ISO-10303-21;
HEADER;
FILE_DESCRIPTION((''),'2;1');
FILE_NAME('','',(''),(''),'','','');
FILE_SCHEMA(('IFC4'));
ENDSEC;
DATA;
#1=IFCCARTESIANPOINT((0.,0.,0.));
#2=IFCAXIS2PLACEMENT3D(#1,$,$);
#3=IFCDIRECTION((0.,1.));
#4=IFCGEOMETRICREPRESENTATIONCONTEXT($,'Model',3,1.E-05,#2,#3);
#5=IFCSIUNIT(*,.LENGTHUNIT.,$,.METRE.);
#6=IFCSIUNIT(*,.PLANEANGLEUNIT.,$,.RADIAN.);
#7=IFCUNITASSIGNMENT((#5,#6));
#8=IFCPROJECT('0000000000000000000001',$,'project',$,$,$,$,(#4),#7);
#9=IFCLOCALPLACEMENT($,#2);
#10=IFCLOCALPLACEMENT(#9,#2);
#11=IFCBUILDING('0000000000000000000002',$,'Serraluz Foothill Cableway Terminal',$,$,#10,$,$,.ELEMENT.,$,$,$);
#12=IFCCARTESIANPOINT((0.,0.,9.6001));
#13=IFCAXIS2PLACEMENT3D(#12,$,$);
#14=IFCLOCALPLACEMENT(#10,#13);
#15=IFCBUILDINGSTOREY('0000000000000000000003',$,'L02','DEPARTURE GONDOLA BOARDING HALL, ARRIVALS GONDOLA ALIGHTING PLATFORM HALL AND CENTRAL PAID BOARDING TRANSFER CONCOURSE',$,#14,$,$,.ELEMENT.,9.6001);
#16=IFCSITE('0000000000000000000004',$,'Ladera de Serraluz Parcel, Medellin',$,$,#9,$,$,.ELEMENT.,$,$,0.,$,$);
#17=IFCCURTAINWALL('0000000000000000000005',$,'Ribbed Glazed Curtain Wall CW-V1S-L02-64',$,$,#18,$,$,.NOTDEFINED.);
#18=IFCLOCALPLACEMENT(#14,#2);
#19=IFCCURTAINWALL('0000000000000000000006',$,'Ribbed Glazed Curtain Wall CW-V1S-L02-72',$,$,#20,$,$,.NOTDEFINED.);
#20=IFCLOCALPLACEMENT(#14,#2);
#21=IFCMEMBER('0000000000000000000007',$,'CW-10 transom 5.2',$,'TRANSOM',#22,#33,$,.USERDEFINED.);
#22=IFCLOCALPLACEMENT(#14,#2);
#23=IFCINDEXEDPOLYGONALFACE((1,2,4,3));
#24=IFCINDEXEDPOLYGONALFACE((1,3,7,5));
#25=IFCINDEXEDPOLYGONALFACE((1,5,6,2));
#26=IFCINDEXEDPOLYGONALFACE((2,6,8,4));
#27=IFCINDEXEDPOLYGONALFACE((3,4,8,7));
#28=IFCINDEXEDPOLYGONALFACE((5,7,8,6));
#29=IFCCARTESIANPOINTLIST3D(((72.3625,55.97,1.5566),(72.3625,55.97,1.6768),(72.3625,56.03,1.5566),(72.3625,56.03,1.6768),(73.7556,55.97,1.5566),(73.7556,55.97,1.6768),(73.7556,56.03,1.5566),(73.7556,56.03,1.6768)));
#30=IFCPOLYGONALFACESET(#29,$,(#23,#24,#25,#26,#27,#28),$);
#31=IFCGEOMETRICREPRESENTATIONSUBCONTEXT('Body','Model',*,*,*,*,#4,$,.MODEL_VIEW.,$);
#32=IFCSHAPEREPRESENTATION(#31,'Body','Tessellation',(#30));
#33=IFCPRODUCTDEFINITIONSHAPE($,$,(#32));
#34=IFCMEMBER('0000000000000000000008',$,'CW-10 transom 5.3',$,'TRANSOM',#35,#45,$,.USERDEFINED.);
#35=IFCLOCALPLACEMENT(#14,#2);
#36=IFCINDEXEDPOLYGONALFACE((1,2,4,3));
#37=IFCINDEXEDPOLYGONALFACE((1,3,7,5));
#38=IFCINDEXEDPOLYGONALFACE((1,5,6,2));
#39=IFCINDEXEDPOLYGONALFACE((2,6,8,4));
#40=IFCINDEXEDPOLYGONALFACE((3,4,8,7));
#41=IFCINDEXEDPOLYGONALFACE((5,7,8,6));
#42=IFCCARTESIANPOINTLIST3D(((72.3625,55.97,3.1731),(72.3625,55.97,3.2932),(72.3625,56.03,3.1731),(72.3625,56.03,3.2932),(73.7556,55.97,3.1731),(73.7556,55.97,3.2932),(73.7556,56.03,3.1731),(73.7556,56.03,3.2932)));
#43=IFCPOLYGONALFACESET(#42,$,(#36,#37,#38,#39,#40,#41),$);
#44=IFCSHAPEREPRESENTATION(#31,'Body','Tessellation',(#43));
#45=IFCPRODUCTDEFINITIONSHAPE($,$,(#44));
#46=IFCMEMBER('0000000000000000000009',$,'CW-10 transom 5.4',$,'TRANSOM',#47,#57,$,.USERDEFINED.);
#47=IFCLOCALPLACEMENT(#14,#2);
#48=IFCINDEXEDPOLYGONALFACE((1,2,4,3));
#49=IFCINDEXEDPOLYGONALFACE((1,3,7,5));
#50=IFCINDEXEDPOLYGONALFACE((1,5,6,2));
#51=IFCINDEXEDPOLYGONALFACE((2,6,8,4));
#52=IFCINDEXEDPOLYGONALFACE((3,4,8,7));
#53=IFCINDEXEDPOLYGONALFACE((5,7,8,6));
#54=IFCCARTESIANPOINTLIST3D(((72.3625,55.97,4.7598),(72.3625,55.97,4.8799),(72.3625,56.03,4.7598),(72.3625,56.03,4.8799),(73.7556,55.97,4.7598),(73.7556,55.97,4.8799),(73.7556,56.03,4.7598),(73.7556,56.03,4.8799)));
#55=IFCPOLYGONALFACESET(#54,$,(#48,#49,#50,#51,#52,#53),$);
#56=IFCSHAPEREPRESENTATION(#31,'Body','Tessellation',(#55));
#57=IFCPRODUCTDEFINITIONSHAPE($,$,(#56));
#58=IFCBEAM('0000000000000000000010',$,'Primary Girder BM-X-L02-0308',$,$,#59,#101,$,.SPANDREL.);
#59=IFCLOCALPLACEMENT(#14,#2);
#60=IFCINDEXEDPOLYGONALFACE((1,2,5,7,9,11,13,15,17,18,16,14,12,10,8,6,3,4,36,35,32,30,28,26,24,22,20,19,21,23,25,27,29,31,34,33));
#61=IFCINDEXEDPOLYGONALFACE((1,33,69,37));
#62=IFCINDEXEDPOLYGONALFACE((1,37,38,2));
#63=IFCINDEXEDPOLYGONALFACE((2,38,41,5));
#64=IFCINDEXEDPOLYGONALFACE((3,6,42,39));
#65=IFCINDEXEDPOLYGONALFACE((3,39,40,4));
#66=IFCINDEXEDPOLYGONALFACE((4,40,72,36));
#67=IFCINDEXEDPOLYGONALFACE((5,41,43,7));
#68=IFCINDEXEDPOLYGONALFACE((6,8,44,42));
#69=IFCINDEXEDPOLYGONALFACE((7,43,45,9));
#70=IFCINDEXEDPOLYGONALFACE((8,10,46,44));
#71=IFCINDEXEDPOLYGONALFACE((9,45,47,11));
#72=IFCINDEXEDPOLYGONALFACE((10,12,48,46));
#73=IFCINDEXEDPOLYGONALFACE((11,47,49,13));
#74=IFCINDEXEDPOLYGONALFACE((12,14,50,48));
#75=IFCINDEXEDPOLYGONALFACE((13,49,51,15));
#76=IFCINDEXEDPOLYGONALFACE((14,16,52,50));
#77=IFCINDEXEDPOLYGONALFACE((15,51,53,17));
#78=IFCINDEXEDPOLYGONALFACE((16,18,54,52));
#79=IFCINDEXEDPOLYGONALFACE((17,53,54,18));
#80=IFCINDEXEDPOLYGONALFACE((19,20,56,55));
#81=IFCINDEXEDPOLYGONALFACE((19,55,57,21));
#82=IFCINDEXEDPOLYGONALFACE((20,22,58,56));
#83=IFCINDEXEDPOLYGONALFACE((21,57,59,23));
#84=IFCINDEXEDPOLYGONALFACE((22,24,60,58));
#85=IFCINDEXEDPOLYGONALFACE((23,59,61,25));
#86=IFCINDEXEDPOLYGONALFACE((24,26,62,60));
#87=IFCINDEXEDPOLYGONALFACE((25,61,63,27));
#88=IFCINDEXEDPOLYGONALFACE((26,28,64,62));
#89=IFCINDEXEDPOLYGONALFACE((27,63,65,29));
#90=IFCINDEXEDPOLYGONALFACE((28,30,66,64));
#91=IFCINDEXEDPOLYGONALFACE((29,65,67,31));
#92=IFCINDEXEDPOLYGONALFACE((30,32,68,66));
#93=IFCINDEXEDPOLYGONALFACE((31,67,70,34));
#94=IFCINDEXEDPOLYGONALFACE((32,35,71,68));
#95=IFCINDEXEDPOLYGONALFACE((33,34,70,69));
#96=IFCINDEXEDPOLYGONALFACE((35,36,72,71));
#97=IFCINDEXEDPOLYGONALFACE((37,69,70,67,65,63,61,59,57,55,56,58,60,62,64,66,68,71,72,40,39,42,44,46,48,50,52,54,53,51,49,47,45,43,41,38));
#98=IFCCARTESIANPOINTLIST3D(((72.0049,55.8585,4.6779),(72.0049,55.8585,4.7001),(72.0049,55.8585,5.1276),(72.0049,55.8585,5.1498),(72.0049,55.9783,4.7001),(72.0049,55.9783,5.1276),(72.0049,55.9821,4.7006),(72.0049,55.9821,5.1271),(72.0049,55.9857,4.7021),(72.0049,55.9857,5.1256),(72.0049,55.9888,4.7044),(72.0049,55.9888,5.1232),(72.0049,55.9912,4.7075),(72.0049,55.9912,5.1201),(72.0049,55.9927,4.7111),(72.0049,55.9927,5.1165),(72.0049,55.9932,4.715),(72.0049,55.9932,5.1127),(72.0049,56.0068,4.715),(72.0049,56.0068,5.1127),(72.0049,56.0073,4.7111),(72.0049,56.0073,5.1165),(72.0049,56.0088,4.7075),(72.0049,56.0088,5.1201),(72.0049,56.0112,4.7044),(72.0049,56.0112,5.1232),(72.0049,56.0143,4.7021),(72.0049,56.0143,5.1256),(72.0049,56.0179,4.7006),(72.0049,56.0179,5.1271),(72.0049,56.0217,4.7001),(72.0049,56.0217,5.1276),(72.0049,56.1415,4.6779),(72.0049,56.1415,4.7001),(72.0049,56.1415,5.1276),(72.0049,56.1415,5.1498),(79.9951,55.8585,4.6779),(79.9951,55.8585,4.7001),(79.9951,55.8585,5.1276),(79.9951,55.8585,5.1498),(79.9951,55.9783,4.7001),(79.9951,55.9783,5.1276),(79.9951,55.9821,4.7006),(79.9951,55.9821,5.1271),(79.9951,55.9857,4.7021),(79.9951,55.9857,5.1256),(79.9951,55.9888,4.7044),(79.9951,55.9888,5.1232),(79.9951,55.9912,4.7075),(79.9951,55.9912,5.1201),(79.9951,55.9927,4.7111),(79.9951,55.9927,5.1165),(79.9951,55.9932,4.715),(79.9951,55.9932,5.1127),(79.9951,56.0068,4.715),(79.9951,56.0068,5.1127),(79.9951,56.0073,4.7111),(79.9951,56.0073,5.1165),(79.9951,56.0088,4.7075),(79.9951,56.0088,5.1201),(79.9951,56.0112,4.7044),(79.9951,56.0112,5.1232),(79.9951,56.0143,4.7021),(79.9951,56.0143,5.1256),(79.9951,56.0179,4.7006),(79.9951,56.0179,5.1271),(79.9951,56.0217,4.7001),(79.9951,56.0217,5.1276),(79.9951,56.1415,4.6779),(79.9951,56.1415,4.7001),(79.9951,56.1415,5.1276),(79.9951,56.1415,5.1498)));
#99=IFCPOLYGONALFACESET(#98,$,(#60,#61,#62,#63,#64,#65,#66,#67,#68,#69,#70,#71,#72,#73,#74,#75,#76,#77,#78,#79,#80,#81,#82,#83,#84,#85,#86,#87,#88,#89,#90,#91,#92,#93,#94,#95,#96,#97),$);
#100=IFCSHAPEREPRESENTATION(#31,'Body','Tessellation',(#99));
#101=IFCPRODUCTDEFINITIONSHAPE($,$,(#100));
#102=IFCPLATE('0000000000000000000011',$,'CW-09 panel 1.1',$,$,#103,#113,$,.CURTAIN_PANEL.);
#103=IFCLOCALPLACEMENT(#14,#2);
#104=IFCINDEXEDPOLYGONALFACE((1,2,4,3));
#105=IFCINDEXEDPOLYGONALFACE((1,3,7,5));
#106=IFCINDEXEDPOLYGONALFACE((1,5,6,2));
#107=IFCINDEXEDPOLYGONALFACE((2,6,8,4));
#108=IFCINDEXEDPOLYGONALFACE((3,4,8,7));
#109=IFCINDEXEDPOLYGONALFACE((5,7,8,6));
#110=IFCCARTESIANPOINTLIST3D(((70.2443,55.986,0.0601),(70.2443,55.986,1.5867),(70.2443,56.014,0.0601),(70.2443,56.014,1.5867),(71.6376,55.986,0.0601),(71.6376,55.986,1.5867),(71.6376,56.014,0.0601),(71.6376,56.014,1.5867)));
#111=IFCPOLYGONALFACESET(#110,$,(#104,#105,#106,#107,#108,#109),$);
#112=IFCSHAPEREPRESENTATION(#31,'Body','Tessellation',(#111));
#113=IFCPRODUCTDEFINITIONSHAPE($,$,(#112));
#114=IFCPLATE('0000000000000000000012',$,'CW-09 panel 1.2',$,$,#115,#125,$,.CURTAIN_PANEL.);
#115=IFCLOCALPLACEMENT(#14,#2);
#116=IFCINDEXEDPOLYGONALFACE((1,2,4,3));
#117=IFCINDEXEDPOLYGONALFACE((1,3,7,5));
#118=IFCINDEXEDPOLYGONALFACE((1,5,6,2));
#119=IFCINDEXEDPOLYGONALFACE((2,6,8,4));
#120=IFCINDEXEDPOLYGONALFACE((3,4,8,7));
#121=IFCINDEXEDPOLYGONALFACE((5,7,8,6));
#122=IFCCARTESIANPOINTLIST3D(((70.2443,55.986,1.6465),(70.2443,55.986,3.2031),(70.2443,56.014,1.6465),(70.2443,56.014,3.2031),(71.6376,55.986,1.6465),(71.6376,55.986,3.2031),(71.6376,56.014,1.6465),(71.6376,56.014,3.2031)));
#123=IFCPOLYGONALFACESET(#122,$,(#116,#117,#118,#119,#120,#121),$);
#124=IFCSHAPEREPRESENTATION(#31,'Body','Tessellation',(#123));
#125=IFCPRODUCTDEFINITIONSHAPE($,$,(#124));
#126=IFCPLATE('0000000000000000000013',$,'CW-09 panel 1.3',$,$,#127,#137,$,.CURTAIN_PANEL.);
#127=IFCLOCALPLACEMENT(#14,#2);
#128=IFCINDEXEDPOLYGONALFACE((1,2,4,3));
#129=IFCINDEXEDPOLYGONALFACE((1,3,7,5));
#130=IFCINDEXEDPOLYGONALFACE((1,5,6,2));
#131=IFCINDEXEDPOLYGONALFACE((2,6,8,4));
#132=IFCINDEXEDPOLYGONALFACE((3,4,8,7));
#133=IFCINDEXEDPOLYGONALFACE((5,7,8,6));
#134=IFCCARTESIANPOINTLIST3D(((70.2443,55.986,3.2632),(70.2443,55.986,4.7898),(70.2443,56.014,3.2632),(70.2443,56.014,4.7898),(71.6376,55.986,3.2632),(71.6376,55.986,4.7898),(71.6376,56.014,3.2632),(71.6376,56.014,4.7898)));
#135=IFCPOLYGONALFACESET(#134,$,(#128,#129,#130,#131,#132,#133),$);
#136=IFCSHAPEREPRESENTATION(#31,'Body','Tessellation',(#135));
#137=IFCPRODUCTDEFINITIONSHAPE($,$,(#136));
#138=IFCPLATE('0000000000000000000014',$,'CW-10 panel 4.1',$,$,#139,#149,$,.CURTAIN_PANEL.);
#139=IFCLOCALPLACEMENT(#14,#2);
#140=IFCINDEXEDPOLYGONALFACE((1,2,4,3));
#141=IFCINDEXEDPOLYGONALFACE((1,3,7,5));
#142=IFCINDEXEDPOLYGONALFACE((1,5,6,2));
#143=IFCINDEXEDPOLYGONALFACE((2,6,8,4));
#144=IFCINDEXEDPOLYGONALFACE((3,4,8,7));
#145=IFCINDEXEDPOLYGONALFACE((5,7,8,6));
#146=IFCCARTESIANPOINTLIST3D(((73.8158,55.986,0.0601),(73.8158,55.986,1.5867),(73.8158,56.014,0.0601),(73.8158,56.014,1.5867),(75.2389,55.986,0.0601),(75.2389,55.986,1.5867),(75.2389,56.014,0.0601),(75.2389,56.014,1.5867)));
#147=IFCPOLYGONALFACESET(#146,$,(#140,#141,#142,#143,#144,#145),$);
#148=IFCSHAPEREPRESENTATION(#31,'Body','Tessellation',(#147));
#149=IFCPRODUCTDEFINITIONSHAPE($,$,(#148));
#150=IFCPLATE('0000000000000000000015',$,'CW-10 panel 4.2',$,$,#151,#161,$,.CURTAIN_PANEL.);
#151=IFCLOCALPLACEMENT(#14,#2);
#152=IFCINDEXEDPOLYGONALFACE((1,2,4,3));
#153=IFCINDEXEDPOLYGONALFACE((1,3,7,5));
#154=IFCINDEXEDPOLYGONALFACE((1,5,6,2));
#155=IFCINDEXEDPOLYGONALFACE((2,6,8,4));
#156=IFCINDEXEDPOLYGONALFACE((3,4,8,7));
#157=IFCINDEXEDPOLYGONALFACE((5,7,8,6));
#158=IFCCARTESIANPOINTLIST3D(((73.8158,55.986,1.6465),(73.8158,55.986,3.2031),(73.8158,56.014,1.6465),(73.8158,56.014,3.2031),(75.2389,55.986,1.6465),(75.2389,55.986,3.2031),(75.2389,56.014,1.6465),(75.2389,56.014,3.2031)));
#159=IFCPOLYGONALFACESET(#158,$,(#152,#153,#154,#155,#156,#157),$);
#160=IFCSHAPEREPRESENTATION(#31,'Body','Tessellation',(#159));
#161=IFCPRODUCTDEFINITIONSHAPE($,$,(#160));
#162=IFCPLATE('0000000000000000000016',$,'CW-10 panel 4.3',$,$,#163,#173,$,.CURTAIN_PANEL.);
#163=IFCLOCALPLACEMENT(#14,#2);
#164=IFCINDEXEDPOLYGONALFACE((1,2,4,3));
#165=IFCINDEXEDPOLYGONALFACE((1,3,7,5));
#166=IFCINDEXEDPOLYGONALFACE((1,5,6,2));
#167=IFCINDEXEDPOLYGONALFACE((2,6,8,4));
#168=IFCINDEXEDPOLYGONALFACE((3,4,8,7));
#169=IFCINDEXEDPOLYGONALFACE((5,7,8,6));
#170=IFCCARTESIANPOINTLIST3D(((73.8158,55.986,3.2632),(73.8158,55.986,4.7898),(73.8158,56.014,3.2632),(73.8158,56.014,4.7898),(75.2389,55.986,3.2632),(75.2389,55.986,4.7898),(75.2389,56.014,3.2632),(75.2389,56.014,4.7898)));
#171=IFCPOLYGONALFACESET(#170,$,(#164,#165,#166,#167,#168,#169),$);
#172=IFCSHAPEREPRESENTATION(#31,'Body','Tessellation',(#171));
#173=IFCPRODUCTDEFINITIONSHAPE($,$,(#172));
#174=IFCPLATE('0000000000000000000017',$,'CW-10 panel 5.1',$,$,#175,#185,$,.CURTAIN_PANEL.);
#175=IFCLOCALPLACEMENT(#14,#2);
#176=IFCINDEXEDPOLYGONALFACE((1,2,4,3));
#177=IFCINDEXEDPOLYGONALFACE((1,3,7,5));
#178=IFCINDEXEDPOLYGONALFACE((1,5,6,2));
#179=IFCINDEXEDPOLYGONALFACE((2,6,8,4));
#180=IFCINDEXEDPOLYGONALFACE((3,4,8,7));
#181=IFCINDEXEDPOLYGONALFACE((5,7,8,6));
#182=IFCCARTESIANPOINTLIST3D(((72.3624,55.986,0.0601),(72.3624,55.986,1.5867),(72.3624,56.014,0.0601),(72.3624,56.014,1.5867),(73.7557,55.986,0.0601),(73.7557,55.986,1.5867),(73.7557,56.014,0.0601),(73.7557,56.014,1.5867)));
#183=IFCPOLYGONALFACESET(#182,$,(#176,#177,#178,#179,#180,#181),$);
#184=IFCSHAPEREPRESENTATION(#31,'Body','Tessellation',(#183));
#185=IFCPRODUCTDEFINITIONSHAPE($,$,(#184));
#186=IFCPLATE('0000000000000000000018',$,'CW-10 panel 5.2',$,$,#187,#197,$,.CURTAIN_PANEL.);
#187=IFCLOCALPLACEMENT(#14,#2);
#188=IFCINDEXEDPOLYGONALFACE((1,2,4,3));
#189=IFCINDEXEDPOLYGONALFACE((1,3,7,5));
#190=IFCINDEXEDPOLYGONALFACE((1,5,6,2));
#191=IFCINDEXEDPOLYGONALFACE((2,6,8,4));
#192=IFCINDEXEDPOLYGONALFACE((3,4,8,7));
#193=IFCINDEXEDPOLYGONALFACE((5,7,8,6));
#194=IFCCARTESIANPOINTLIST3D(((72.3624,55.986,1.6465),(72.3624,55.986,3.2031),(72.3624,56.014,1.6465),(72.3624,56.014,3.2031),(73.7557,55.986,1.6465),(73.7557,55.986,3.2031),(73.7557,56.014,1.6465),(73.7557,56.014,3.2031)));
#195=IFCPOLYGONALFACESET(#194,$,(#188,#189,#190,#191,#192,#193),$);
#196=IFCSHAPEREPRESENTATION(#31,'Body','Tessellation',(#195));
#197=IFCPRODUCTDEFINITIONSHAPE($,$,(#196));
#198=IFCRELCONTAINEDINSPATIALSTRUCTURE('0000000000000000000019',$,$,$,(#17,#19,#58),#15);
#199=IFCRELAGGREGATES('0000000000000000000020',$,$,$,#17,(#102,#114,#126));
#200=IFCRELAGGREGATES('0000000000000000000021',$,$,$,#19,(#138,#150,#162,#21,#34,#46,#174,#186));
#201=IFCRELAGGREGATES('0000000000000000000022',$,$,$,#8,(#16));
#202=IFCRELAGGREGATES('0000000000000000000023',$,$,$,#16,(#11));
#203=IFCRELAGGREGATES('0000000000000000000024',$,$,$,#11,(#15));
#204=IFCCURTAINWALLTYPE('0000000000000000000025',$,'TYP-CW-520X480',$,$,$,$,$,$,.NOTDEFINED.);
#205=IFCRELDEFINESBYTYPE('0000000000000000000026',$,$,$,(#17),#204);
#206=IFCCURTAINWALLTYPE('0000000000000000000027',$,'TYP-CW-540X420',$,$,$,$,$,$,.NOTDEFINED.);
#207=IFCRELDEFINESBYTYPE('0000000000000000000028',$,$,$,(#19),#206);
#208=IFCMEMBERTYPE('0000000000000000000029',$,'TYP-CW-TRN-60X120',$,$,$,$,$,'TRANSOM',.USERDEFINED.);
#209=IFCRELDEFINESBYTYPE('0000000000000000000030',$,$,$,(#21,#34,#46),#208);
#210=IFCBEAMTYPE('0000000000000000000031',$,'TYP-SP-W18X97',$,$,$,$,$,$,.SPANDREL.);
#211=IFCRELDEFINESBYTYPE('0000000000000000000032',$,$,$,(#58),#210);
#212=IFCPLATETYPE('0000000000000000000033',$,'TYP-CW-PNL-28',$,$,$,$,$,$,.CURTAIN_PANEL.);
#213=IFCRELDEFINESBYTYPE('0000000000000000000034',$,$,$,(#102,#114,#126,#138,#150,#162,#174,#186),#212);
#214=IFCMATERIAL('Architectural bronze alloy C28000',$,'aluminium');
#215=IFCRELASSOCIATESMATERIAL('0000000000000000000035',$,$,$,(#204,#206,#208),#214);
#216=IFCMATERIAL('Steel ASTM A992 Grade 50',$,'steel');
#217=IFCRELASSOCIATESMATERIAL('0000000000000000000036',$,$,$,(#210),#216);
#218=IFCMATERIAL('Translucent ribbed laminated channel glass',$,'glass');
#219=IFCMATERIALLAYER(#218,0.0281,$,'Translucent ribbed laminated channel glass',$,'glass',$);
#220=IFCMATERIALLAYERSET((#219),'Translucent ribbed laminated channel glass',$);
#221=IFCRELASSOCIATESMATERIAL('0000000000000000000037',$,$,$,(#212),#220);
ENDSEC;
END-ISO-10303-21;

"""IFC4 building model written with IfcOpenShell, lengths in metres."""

from ifc_helpers import new_model, si_unit, direction, frame, origin, origin_2d, place, context, subcontext, project, spatial, rectangle, i_section, extrude, material, layer, layer_set, material_profile, profile_set, type_object, element, aggregate, save


model = new_model("IFC4")

# Units and contexts
model_context = context("Model", 3, precision=1e-05, world=origin(), true_north=direction((0.0, 1.0)))
body_context = subcontext(model_context, "Body", "Model", "MODEL_VIEW")
ifc_project = project(units=[si_unit("LENGTHUNIT", "METRE"), si_unit("PLANEANGLEUNIT", "RADIAN")], contexts=[model_context])

# Site, building, storey
site_placement = place(None, origin())
site = spatial("IfcSite", under=ifc_project, at=site_placement, Name="Ladera de Serraluz Parcel, Medellin", CompositionType="ELEMENT", RefElevation=0.0)
building_placement = place(site_placement, origin())
building = spatial("IfcBuilding", under=site, at=building_placement, Name="Serraluz Foothill Cableway Terminal", CompositionType="ELEMENT")
storey_placement = place(building_placement, frame((0.0, 0.0, 9.6001)))
storey = spatial("IfcBuildingStorey", under=building, at=storey_placement, Name="L02", Description="DEPARTURE GONDOLA BOARDING HALL, ARRIVALS GONDOLA ALIGHTING PLATFORM HALL AND CENTRAL PAID BOARDING TRANSFER CONCOURSE", CompositionType="ELEMENT", Elevation=9.6001)

# Shared definitions
ifc_material_1 = material(Name="Steel ASTM A992 Grade 50", Category="steel")

# Curtain walls
ifc_material_2 = material(Name="Architectural bronze alloy C28000", Category="aluminium")
curtain_wall_type_1 = type_object("IfcCurtainWallType", Name="TYP-CW-520X480", PredefinedType="NOTDEFINED", material=ifc_material_2)
curtain_wall_1_placement = place(storey_placement, origin())
curtain_wall_1 = element("IfcCurtainWall", 1, at=curtain_wall_1_placement, inside=storey, type_object=curtain_wall_type_1, Name="Ribbed Glazed Curtain Wall CW-V1S-L02-64", PredefinedType="NOTDEFINED")
curtain_wall_type_2 = type_object("IfcCurtainWallType", Name="TYP-CW-540X420", PredefinedType="NOTDEFINED", material=ifc_material_2)
curtain_wall_2_placement = place(storey_placement, origin())
curtain_wall_2 = element("IfcCurtainWall", 2, at=curtain_wall_2_placement, inside=storey, type_object=curtain_wall_type_2, Name="Ribbed Glazed Curtain Wall CW-V1S-L02-72", PredefinedType="NOTDEFINED")

# Members
ifc_material_profile_1 = material_profile(ifc_material_2, rectangle(XDim=0.0601, YDim=0.1201, at=origin_2d()), Name="ALU TRANSOM 60x120")
ifc_profile_set_1 = profile_set([ifc_material_profile_1], Name="Architectural bronze alloy C28000")
member_type_1 = type_object("IfcMemberType", Name="TYP-CW-TRN-60X120", ElementType="TRANSOM", PredefinedType="USERDEFINED", material=ifc_profile_set_1)
member_1_placement = place(storey_placement, frame((73.7556, 56.0, 1.6167), z_axis=(-1.0, 0.0, 0.0), x_axis=(0.0, -1.0, 0.0)))
member_1 = element("IfcMember", 3, at=member_1_placement, type_object=member_type_1, Name="CW-10 transom 5.2", ObjectType="TRANSOM", PredefinedType="USERDEFINED", context=body_context, shape_type="SweptSolid", body=[
    extrude(rectangle(XDim=0.0601, YDim=0.1201, at=origin_2d()), origin(), (0.0, 0.0, 1.0), 1.3931),
])
member_2_placement = place(storey_placement, frame((73.7556, 56.0, 3.2332), z_axis=(-1.0, 0.0, 0.0), x_axis=(0.0, -1.0, 0.0)))
member_2 = element("IfcMember", 4, at=member_2_placement, type_object=member_type_1, Name="CW-10 transom 5.3", ObjectType="TRANSOM", PredefinedType="USERDEFINED", context=body_context, shape_type="SweptSolid", body=[
    extrude(rectangle(XDim=0.0601, YDim=0.1201, at=origin_2d()), origin(), (0.0, 0.0, 1.0), 1.3931),
])
member_3_placement = place(storey_placement, frame((73.7556, 56.0, 4.8198), z_axis=(-1.0, 0.0, 0.0), x_axis=(0.0, -1.0, 0.0)))
member_3 = element("IfcMember", 5, at=member_3_placement, type_object=member_type_1, Name="CW-10 transom 5.4", ObjectType="TRANSOM", PredefinedType="USERDEFINED", context=body_context, shape_type="SweptSolid", body=[
    extrude(rectangle(XDim=0.0601, YDim=0.1201, at=origin_2d()), origin(), (0.0, 0.0, 1.0), 1.3931),
])

# Beam
ifc_material_profile_2 = material_profile(ifc_material_1, i_section(OverallWidth=0.283, OverallDepth=0.4719, WebThickness=0.0137, FlangeThickness=0.0222, FilletRadius=0.0149, at=origin_2d()), Name="W18X97")
ifc_profile_set_2 = profile_set([ifc_material_profile_2], Name="Steel ASTM A992 Grade 50")
beam_type = type_object("IfcBeamType", Name="TYP-SP-W18X97", PredefinedType="SPANDREL", material=ifc_profile_set_2)
beam_placement = place(storey_placement, frame((72.0049, 56.0, 4.9138), z_axis=(1.0, 0.0, 0.0), x_axis=(0.0, 1.0, 0.0)))
element("IfcBeam", 6, at=beam_placement, inside=storey, type_object=beam_type, Name="Primary Girder BM-X-L02-0308", PredefinedType="SPANDREL", context=body_context, shape_type="SweptSolid", body=[
    extrude(i_section(OverallWidth=0.283, OverallDepth=0.4719, WebThickness=0.0137, FlangeThickness=0.0222, FilletRadius=0.0149, at=origin_2d()), origin(), (0.0, 0.0, 1.0), 7.9902),
])

# Plates
ifc_material_3 = material(Name="Translucent ribbed laminated channel glass", Category="glass")
ifc_layer_1 = layer(ifc_material_3, 0.0281, Name="Translucent ribbed laminated channel glass", Category="glass")
ifc_layer_set_1 = layer_set([ifc_layer_1], Name="Translucent ribbed laminated channel glass")
plate_type_1 = type_object("IfcPlateType", Name="TYP-CW-PNL-28", PredefinedType="CURTAIN_PANEL", material=ifc_layer_set_1)
plate_1_placement = place(storey_placement, frame((70.9409, 56.0, 0.0601), z_axis=(0.0, 0.0, 1.0), x_axis=(-1.0, 0.0, 0.0)))
plate_1 = element("IfcPlate", 7, at=plate_1_placement, type_object=plate_type_1, Name="CW-09 panel 1.1", PredefinedType="CURTAIN_PANEL", context=body_context, shape_type="SweptSolid", body=[
    extrude(rectangle(XDim=1.3933, YDim=0.0281, at=origin_2d()), origin(), (0.0, 0.0, 1.0), 1.5266),
])
plate_2_placement = place(storey_placement, frame((70.9409, 56.0, 1.6465), z_axis=(0.0, 0.0, 1.0), x_axis=(-1.0, 0.0, 0.0)))
plate_2 = element("IfcPlate", 8, at=plate_2_placement, type_object=plate_type_1, Name="CW-09 panel 1.2", PredefinedType="CURTAIN_PANEL", context=body_context, shape_type="SweptSolid", body=[
    extrude(rectangle(XDim=1.3933, YDim=0.0281, at=origin_2d()), origin(), (0.0, 0.0, 1.0), 1.5566),
])
plate_3_placement = place(storey_placement, frame((70.9409, 56.0, 3.2632), z_axis=(0.0, 0.0, 1.0), x_axis=(-1.0, 0.0, 0.0)))
plate_3 = element("IfcPlate", 9, at=plate_3_placement, type_object=plate_type_1, Name="CW-09 panel 1.3", PredefinedType="CURTAIN_PANEL", context=body_context, shape_type="SweptSolid", body=[
    extrude(rectangle(XDim=1.3933, YDim=0.0281, at=origin_2d()), origin(), (0.0, 0.0, 1.0), 1.5266),
])
aggregate(curtain_wall_1, [plate_1, plate_2, plate_3])
plate_4_placement = place(storey_placement, frame((74.5273, 56.0, 0.0601), z_axis=(0.0, 0.0, 1.0), x_axis=(-1.0, 0.0, 0.0)))
plate_4 = element("IfcPlate", 10, at=plate_4_placement, type_object=plate_type_1, Name="CW-10 panel 4.1", PredefinedType="CURTAIN_PANEL", context=body_context, shape_type="SweptSolid", body=[
    extrude(rectangle(XDim=1.4231, YDim=0.0281, at=origin_2d()), origin(), (0.0, 0.0, 1.0), 1.5266),
])
plate_5_placement = place(storey_placement, frame((74.5273, 56.0, 1.6465), z_axis=(0.0, 0.0, 1.0), x_axis=(-1.0, 0.0, 0.0)))
plate_5 = element("IfcPlate", 11, at=plate_5_placement, type_object=plate_type_1, Name="CW-10 panel 4.2", PredefinedType="CURTAIN_PANEL", context=body_context, shape_type="SweptSolid", body=[
    extrude(rectangle(XDim=1.4231, YDim=0.0281, at=origin_2d()), origin(), (0.0, 0.0, 1.0), 1.5566),
])
plate_6_placement = place(storey_placement, frame((74.5273, 56.0, 3.2632), z_axis=(0.0, 0.0, 1.0), x_axis=(-1.0, 0.0, 0.0)))
plate_6 = element("IfcPlate", 12, at=plate_6_placement, type_object=plate_type_1, Name="CW-10 panel 4.3", PredefinedType="CURTAIN_PANEL", context=body_context, shape_type="SweptSolid", body=[
    extrude(rectangle(XDim=1.4231, YDim=0.0281, at=origin_2d()), origin(), (0.0, 0.0, 1.0), 1.5266),
])
plate_7_placement = place(storey_placement, frame((73.0591, 56.0, 0.0601), z_axis=(0.0, 0.0, 1.0), x_axis=(-1.0, 0.0, 0.0)))
plate_7 = element("IfcPlate", 13, at=plate_7_placement, type_object=plate_type_1, Name="CW-10 panel 5.1", PredefinedType="CURTAIN_PANEL", context=body_context, shape_type="SweptSolid", body=[
    extrude(rectangle(XDim=1.3933, YDim=0.0281, at=origin_2d()), origin(), (0.0, 0.0, 1.0), 1.5266),
])
plate_8_placement = place(storey_placement, frame((73.0591, 56.0, 1.6465), z_axis=(0.0, 0.0, 1.0), x_axis=(-1.0, 0.0, 0.0)))
plate_8 = element("IfcPlate", 14, at=plate_8_placement, type_object=plate_type_1, Name="CW-10 panel 5.2", PredefinedType="CURTAIN_PANEL", context=body_context, shape_type="SweptSolid", body=[
    extrude(rectangle(XDim=1.3933, YDim=0.0281, at=origin_2d()), origin(), (0.0, 0.0, 1.0), 1.5566),
])
aggregate(curtain_wall_2, [plate_4, plate_5, plate_6, member_1, member_2, member_3, plate_7, plate_8])

save(model, "model.ifc")
